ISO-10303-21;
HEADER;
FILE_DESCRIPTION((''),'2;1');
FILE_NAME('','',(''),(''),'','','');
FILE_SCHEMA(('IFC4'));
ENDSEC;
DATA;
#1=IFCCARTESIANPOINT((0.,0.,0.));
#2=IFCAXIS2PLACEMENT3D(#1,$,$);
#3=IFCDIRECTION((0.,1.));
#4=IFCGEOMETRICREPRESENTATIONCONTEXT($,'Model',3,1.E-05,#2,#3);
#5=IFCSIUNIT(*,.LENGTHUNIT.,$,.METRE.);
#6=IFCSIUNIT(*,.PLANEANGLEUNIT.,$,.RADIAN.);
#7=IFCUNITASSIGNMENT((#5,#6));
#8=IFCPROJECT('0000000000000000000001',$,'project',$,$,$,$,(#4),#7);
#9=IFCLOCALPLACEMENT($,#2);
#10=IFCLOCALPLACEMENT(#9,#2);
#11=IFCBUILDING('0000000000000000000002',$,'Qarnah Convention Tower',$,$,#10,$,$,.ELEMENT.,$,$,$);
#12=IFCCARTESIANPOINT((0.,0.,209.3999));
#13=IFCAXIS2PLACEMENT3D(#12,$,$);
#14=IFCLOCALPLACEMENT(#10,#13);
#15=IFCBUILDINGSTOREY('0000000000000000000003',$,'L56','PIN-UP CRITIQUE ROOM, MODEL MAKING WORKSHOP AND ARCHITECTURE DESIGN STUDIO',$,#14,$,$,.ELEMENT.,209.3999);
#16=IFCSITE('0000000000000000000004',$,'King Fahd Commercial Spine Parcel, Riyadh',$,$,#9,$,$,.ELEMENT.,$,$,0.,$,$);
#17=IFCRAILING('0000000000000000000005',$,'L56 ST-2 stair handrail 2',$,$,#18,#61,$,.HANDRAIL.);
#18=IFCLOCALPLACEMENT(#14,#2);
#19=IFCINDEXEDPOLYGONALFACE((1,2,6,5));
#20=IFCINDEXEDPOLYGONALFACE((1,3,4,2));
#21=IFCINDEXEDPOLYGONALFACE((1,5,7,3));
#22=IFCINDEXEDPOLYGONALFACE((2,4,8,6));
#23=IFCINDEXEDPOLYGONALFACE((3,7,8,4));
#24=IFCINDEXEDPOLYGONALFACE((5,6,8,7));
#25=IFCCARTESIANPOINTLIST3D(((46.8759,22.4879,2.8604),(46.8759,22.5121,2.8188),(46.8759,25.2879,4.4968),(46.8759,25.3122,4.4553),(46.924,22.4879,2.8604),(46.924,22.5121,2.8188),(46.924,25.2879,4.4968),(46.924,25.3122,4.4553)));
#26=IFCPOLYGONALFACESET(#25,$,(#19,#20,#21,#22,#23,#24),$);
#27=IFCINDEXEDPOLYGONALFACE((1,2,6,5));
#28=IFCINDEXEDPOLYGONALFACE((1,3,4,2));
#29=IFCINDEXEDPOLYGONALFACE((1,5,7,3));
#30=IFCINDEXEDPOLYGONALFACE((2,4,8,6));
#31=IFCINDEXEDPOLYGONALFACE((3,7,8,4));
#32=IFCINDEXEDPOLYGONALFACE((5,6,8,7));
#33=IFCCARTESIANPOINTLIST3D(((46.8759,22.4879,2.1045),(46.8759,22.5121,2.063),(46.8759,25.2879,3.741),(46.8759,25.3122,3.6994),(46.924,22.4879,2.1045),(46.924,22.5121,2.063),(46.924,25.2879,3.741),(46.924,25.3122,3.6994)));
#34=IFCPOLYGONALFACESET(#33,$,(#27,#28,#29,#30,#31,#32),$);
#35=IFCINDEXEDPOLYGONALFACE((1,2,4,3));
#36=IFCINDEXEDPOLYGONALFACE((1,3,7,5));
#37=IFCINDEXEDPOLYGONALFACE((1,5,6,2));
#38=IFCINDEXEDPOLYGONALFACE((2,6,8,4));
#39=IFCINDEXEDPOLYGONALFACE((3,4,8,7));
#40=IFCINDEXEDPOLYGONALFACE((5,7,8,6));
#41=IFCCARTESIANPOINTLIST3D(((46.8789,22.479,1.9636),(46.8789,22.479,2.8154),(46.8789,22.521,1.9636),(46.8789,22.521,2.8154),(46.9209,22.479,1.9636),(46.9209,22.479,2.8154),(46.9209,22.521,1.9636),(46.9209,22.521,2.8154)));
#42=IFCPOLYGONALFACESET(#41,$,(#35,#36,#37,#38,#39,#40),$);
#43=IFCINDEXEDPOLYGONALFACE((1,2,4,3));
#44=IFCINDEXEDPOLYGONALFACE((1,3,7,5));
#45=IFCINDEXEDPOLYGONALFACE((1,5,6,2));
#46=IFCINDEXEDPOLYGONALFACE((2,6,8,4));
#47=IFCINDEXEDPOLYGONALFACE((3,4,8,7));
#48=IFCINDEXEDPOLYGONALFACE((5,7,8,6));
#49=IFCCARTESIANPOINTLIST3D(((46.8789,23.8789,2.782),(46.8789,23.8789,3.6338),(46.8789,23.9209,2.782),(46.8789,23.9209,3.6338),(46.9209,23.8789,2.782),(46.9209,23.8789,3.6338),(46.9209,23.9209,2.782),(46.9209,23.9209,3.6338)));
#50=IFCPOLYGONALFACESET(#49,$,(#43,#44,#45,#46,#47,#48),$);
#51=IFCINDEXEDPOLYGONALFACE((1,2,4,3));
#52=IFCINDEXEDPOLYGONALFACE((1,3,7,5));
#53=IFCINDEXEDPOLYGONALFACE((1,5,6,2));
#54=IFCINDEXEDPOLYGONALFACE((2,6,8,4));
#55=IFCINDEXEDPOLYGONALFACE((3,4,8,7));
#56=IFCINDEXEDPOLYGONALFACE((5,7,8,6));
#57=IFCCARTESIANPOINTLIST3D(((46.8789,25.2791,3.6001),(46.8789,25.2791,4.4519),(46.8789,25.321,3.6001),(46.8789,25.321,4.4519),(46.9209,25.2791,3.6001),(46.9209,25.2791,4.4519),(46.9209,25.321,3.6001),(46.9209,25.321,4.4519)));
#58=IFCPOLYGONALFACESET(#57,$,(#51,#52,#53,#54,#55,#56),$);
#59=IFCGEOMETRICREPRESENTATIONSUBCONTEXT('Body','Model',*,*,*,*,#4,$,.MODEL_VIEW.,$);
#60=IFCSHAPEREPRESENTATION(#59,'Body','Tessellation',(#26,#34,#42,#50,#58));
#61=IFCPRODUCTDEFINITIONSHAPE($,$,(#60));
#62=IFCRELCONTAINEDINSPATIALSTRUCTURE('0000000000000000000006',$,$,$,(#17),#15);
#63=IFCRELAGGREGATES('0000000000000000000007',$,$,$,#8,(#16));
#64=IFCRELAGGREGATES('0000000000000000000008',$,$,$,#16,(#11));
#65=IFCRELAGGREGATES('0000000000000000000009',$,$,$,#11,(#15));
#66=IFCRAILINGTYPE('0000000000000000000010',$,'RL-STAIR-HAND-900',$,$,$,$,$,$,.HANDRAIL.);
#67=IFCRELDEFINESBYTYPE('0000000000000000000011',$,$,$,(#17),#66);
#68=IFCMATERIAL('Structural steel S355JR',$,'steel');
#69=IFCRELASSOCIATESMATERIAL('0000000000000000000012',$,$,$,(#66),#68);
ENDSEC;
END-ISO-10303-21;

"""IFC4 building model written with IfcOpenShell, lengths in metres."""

from ifc_helpers import new_model, si_unit, direction, frame, origin, origin_2d, place, context, subcontext, project, spatial, rectangle, extrude, material, type_object, element, save


model = new_model("IFC4")

# Units and contexts
model_context = context("Model", 3, precision=1e-05, world=origin(), true_north=direction((0.0, 1.0)))
body_context = subcontext(model_context, "Body", "Model", "MODEL_VIEW")
ifc_project = project(units=[si_unit("LENGTHUNIT", "METRE"), si_unit("PLANEANGLEUNIT", "RADIAN")], contexts=[model_context])

# Site, building, storey
site_placement = place(None, origin())
site = spatial("IfcSite", under=ifc_project, at=site_placement, Name="King Fahd Commercial Spine Parcel, Riyadh", CompositionType="ELEMENT", RefElevation=0.0)
building_placement = place(site_placement, origin())
building = spatial("IfcBuilding", under=site, at=building_placement, Name="Qarnah Convention Tower", CompositionType="ELEMENT")
storey_placement = place(building_placement, frame((0.0, 0.0, 209.3999)))
storey = spatial("IfcBuildingStorey", under=building, at=storey_placement, Name="L56", Description="PIN-UP CRITIQUE ROOM, MODEL MAKING WORKSHOP AND ARCHITECTURE DESIGN STUDIO", CompositionType="ELEMENT", Elevation=209.3999)

# Shared definitions
ifc_material_1 = material(Name="Structural steel S355JR", Category="steel")

# Railing
railing_type_1 = type_object("IfcRailingType", Name="RL-STAIR-HAND-900", PredefinedType="HANDRAIL", material=ifc_material_1)
railing_1_placement = place(storey_placement, frame((46.8999, 22.5, 1.9636)))
element("IfcRailing", 1, at=railing_1_placement, inside=storey, type_object=railing_type_1, Name="L56 ST-2 stair handrail 2", PredefinedType="HANDRAIL", context=body_context, shape_type="SweptSolid", body=[
    extrude(rectangle(XDim=0.0481, YDim=0.0481, at=origin_2d()), frame((0.0, 0.0, 0.876), z_axis=(0.0, 0.863361, 0.504587), x_axis=(-1.0, 0.0, 0.0)), (0.0, 0.0, 1.0), 3.2432),
    extrude(rectangle(XDim=0.0481, YDim=0.0481, at=origin_2d()), frame((0.0, 0.0, 0.1201), z_axis=(0.0, 0.863361, 0.504587), x_axis=(-1.0, 0.0, 0.0)), (0.0, 0.0, 1.0), 3.2432),
    extrude(rectangle(XDim=0.042, YDim=0.042, at=origin_2d()), origin(), (0.0, 0.0, 1.0), 0.8518),
    extrude(rectangle(XDim=0.042, YDim=0.042, at=origin_2d()), frame((0.0, 1.3999, 0.8184)), (0.0, 0.0, 1.0), 0.8518),
    extrude(rectangle(XDim=0.042, YDim=0.042, at=origin_2d()), frame((0.0, 2.8, 1.6365)), (0.0, 0.0, 1.0), 0.8518),
])

save(model, "model.ifc")
